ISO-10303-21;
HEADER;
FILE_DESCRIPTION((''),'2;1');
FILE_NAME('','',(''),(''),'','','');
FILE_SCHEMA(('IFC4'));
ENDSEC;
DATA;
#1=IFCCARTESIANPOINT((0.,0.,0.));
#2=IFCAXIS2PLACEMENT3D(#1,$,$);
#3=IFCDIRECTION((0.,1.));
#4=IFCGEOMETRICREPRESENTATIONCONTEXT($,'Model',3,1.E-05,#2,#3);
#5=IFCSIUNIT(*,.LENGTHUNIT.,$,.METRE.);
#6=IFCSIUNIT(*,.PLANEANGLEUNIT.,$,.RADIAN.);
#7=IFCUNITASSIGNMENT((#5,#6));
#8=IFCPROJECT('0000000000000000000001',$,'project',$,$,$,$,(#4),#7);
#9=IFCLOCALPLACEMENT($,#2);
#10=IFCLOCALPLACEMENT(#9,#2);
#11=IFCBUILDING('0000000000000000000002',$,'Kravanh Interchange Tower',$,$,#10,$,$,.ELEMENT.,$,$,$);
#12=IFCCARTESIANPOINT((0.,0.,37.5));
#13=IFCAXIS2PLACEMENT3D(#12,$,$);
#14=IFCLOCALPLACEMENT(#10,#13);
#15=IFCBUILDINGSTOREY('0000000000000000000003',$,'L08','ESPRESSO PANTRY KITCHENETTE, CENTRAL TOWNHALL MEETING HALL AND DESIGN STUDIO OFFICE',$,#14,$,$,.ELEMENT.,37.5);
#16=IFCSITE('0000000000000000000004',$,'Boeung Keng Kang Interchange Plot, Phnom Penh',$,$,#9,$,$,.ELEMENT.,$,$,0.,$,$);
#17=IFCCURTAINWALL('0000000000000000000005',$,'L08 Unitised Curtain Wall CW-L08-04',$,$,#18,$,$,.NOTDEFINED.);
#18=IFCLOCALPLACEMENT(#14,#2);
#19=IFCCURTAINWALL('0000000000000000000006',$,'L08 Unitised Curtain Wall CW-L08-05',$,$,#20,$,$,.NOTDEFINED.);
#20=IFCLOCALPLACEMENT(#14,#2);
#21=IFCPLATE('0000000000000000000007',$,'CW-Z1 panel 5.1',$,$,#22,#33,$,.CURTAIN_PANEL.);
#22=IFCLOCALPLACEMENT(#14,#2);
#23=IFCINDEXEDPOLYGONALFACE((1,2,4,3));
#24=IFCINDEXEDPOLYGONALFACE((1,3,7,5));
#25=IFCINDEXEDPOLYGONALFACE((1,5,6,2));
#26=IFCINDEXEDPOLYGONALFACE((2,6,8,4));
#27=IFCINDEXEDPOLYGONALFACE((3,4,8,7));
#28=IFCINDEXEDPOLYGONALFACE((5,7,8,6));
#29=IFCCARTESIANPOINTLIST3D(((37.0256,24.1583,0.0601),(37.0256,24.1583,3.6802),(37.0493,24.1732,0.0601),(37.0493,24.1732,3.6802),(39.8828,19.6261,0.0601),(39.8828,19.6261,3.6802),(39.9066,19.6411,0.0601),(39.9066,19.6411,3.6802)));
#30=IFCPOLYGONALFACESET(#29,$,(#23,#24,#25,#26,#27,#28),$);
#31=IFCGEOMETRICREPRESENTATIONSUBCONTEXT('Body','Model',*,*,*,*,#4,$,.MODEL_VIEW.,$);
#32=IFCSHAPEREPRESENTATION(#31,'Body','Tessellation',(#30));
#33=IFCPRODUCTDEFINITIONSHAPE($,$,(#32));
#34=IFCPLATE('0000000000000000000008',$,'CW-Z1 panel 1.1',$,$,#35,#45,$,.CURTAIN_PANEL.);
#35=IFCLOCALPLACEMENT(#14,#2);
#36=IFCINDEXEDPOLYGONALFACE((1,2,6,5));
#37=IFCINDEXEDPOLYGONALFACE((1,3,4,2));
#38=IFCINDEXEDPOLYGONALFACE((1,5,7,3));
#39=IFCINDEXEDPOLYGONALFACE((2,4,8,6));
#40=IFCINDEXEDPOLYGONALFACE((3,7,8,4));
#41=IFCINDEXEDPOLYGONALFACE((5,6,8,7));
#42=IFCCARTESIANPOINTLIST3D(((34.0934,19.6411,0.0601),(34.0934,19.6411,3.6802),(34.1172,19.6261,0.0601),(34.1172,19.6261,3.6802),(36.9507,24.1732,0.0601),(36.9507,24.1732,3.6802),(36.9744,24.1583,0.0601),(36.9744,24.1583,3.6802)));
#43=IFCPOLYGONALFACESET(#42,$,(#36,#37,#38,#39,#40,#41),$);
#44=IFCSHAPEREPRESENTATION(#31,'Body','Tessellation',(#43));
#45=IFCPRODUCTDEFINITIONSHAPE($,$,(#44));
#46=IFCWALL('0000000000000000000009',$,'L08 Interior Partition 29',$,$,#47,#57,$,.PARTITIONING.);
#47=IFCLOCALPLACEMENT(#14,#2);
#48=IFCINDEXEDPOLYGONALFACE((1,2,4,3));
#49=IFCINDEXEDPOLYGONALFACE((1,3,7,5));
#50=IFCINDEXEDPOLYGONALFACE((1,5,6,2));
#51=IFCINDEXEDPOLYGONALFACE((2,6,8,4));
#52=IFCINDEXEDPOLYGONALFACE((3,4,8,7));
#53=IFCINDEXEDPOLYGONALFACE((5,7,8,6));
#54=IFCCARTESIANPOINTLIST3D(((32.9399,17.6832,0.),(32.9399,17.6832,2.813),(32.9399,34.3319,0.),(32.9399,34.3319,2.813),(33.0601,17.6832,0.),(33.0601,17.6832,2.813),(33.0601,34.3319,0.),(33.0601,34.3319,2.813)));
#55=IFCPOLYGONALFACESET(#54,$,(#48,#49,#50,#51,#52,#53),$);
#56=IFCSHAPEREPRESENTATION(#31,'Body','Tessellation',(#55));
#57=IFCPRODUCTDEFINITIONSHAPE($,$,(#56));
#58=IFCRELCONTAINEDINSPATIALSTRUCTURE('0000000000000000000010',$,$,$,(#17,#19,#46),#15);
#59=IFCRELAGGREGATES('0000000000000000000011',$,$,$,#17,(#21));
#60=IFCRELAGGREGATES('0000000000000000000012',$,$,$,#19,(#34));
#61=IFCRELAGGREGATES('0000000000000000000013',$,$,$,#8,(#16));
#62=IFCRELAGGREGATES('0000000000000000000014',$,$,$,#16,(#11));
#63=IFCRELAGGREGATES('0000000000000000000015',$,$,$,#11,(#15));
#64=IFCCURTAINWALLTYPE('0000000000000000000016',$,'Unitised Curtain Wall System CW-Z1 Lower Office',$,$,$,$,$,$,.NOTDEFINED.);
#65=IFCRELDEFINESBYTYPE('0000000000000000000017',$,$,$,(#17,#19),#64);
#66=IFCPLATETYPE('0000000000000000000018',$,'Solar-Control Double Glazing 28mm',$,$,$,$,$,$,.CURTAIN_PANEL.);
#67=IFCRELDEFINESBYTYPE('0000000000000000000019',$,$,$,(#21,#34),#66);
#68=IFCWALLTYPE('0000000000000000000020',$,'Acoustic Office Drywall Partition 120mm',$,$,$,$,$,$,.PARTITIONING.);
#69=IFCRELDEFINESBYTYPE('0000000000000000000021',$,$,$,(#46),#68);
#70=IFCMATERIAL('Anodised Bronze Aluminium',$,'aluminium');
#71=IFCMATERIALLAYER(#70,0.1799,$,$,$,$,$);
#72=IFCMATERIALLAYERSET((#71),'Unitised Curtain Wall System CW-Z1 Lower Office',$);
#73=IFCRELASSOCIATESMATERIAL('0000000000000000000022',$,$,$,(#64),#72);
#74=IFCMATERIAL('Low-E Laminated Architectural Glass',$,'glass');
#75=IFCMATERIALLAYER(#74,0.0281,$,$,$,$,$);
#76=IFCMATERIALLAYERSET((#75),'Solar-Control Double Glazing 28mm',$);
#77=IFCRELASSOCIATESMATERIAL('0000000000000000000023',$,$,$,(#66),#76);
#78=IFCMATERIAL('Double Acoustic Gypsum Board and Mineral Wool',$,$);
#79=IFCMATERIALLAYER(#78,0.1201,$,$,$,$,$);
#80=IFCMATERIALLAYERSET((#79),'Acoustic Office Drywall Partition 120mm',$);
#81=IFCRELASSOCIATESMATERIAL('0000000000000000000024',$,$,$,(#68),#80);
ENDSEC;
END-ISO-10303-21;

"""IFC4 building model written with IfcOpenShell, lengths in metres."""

from ifc_helpers import new_model, si_unit, direction, frame, frame_2d, origin, origin_2d, place, context, subcontext, project, spatial, rectangle, extrude, material, layer, layer_set, type_object, element, aggregate, save


model = new_model("IFC4")

# Units and contexts
model_context = context("Model", 3, precision=1e-05, world=origin(), true_north=direction((0.0, 1.0)))
body_context = subcontext(model_context, "Body", "Model", "MODEL_VIEW")
ifc_project = project(units=[si_unit("LENGTHUNIT", "METRE"), si_unit("PLANEANGLEUNIT", "RADIAN")], contexts=[model_context])

# Site, building, storey
site_placement = place(None, origin())
site = spatial("IfcSite", under=ifc_project, at=site_placement, Name="Boeung Keng Kang Interchange Plot, Phnom Penh", CompositionType="ELEMENT", RefElevation=0.0)
building_placement = place(site_placement, origin())
building = spatial("IfcBuilding", under=site, at=building_placement, Name="Kravanh Interchange Tower", CompositionType="ELEMENT")
storey_placement = place(building_placement, frame((0.0, 0.0, 37.5)))
storey = spatial("IfcBuildingStorey", under=building, at=storey_placement, Name="L08", Description="ESPRESSO PANTRY KITCHENETTE, CENTRAL TOWNHALL MEETING HALL AND DESIGN STUDIO OFFICE", CompositionType="ELEMENT", Elevation=37.5)

# Curtain walls
ifc_material_1 = material(Name="Anodised Bronze Aluminium", Category="aluminium")
ifc_layer_1 = layer(ifc_material_1, 0.1799)
ifc_layer_set_1 = layer_set([ifc_layer_1], Name="Unitised Curtain Wall System CW-Z1 Lower Office")
curtain_wall_type = type_object("IfcCurtainWallType", Name="Unitised Curtain Wall System CW-Z1 Lower Office", PredefinedType="NOTDEFINED", material=ifc_layer_set_1)
curtain_wall_1_placement = place(storey_placement, origin())
curtain_wall_1 = element("IfcCurtainWall", 1, at=curtain_wall_1_placement, inside=storey, type_object=curtain_wall_type, Name="L08 Unitised Curtain Wall CW-L08-04", PredefinedType="NOTDEFINED")
curtain_wall_2_placement = place(storey_placement, origin())
curtain_wall_2 = element("IfcCurtainWall", 2, at=curtain_wall_2_placement, inside=storey, type_object=curtain_wall_type, Name="L08 Unitised Curtain Wall CW-L08-05", PredefinedType="NOTDEFINED")

# Plates
ifc_material_2 = material(Name="Low-E Laminated Architectural Glass", Category="glass")
ifc_layer_2 = layer(ifc_material_2, 0.0281)
ifc_layer_set_2 = layer_set([ifc_layer_2], Name="Solar-Control Double Glazing 28mm")
plate_type = type_object("IfcPlateType", Name="Solar-Control Double Glazing 28mm", PredefinedType="CURTAIN_PANEL", material=ifc_layer_set_2)
plate_1_placement = place(storey_placement, frame((38.4661, 21.8997, 0.0601), z_axis=(0.0, 0.0, 1.0), x_axis=(-0.533301, 0.845926, 0.0)))
plate_1 = element("IfcPlate", 3, at=plate_1_placement, type_object=plate_type, Name="CW-Z1 panel 5.1", PredefinedType="CURTAIN_PANEL", context=body_context, shape_type="SweptSolid", body=[
    extrude(rectangle(XDim=5.3577, YDim=0.0281, at=origin_2d()), origin(), (0.0, 0.0, 1.0), 3.6201),
])
aggregate(curtain_wall_1, [plate_1])
plate_2_placement = place(storey_placement, frame((35.5339, 21.8997, 0.0601), z_axis=(0.0, 0.0, 1.0), x_axis=(-0.533301, -0.845926, 0.0)))
plate_2 = element("IfcPlate", 4, at=plate_2_placement, type_object=plate_type, Name="CW-Z1 panel 1.1", PredefinedType="CURTAIN_PANEL", context=body_context, shape_type="SweptSolid", body=[
    extrude(rectangle(XDim=5.3577, YDim=0.0281, at=origin_2d()), origin(), (0.0, 0.0, 1.0), 3.6201),
])
aggregate(curtain_wall_2, [plate_2])

# Wall
ifc_material_3 = material(Name="Double Acoustic Gypsum Board and Mineral Wool")
ifc_layer_3 = layer(ifc_material_3, 0.1201)
ifc_layer_set_3 = layer_set([ifc_layer_3], Name="Acoustic Office Drywall Partition 120mm")
wall_type = type_object("IfcWallType", Name="Acoustic Office Drywall Partition 120mm", PredefinedType="PARTITIONING", material=ifc_layer_set_3)
wall_placement = place(storey_placement, frame((33.0, 17.6833, 0.0), z_axis=(0.0, 0.0, 1.0), x_axis=(0.0, 1.0, 0.0)))
element("IfcWall", 5, at=wall_placement, inside=storey, type_object=wall_type, Name="L08 Interior Partition 29", PredefinedType="PARTITIONING", context=body_context, shape_type="SweptSolid", body=[
    extrude(rectangle(XDim=16.6487, YDim=0.1201, at=frame_2d((8.3242, 0.0))), origin(), (0.0, 0.0, 1.0), 2.813),
])

save(model, "model.ifc")
